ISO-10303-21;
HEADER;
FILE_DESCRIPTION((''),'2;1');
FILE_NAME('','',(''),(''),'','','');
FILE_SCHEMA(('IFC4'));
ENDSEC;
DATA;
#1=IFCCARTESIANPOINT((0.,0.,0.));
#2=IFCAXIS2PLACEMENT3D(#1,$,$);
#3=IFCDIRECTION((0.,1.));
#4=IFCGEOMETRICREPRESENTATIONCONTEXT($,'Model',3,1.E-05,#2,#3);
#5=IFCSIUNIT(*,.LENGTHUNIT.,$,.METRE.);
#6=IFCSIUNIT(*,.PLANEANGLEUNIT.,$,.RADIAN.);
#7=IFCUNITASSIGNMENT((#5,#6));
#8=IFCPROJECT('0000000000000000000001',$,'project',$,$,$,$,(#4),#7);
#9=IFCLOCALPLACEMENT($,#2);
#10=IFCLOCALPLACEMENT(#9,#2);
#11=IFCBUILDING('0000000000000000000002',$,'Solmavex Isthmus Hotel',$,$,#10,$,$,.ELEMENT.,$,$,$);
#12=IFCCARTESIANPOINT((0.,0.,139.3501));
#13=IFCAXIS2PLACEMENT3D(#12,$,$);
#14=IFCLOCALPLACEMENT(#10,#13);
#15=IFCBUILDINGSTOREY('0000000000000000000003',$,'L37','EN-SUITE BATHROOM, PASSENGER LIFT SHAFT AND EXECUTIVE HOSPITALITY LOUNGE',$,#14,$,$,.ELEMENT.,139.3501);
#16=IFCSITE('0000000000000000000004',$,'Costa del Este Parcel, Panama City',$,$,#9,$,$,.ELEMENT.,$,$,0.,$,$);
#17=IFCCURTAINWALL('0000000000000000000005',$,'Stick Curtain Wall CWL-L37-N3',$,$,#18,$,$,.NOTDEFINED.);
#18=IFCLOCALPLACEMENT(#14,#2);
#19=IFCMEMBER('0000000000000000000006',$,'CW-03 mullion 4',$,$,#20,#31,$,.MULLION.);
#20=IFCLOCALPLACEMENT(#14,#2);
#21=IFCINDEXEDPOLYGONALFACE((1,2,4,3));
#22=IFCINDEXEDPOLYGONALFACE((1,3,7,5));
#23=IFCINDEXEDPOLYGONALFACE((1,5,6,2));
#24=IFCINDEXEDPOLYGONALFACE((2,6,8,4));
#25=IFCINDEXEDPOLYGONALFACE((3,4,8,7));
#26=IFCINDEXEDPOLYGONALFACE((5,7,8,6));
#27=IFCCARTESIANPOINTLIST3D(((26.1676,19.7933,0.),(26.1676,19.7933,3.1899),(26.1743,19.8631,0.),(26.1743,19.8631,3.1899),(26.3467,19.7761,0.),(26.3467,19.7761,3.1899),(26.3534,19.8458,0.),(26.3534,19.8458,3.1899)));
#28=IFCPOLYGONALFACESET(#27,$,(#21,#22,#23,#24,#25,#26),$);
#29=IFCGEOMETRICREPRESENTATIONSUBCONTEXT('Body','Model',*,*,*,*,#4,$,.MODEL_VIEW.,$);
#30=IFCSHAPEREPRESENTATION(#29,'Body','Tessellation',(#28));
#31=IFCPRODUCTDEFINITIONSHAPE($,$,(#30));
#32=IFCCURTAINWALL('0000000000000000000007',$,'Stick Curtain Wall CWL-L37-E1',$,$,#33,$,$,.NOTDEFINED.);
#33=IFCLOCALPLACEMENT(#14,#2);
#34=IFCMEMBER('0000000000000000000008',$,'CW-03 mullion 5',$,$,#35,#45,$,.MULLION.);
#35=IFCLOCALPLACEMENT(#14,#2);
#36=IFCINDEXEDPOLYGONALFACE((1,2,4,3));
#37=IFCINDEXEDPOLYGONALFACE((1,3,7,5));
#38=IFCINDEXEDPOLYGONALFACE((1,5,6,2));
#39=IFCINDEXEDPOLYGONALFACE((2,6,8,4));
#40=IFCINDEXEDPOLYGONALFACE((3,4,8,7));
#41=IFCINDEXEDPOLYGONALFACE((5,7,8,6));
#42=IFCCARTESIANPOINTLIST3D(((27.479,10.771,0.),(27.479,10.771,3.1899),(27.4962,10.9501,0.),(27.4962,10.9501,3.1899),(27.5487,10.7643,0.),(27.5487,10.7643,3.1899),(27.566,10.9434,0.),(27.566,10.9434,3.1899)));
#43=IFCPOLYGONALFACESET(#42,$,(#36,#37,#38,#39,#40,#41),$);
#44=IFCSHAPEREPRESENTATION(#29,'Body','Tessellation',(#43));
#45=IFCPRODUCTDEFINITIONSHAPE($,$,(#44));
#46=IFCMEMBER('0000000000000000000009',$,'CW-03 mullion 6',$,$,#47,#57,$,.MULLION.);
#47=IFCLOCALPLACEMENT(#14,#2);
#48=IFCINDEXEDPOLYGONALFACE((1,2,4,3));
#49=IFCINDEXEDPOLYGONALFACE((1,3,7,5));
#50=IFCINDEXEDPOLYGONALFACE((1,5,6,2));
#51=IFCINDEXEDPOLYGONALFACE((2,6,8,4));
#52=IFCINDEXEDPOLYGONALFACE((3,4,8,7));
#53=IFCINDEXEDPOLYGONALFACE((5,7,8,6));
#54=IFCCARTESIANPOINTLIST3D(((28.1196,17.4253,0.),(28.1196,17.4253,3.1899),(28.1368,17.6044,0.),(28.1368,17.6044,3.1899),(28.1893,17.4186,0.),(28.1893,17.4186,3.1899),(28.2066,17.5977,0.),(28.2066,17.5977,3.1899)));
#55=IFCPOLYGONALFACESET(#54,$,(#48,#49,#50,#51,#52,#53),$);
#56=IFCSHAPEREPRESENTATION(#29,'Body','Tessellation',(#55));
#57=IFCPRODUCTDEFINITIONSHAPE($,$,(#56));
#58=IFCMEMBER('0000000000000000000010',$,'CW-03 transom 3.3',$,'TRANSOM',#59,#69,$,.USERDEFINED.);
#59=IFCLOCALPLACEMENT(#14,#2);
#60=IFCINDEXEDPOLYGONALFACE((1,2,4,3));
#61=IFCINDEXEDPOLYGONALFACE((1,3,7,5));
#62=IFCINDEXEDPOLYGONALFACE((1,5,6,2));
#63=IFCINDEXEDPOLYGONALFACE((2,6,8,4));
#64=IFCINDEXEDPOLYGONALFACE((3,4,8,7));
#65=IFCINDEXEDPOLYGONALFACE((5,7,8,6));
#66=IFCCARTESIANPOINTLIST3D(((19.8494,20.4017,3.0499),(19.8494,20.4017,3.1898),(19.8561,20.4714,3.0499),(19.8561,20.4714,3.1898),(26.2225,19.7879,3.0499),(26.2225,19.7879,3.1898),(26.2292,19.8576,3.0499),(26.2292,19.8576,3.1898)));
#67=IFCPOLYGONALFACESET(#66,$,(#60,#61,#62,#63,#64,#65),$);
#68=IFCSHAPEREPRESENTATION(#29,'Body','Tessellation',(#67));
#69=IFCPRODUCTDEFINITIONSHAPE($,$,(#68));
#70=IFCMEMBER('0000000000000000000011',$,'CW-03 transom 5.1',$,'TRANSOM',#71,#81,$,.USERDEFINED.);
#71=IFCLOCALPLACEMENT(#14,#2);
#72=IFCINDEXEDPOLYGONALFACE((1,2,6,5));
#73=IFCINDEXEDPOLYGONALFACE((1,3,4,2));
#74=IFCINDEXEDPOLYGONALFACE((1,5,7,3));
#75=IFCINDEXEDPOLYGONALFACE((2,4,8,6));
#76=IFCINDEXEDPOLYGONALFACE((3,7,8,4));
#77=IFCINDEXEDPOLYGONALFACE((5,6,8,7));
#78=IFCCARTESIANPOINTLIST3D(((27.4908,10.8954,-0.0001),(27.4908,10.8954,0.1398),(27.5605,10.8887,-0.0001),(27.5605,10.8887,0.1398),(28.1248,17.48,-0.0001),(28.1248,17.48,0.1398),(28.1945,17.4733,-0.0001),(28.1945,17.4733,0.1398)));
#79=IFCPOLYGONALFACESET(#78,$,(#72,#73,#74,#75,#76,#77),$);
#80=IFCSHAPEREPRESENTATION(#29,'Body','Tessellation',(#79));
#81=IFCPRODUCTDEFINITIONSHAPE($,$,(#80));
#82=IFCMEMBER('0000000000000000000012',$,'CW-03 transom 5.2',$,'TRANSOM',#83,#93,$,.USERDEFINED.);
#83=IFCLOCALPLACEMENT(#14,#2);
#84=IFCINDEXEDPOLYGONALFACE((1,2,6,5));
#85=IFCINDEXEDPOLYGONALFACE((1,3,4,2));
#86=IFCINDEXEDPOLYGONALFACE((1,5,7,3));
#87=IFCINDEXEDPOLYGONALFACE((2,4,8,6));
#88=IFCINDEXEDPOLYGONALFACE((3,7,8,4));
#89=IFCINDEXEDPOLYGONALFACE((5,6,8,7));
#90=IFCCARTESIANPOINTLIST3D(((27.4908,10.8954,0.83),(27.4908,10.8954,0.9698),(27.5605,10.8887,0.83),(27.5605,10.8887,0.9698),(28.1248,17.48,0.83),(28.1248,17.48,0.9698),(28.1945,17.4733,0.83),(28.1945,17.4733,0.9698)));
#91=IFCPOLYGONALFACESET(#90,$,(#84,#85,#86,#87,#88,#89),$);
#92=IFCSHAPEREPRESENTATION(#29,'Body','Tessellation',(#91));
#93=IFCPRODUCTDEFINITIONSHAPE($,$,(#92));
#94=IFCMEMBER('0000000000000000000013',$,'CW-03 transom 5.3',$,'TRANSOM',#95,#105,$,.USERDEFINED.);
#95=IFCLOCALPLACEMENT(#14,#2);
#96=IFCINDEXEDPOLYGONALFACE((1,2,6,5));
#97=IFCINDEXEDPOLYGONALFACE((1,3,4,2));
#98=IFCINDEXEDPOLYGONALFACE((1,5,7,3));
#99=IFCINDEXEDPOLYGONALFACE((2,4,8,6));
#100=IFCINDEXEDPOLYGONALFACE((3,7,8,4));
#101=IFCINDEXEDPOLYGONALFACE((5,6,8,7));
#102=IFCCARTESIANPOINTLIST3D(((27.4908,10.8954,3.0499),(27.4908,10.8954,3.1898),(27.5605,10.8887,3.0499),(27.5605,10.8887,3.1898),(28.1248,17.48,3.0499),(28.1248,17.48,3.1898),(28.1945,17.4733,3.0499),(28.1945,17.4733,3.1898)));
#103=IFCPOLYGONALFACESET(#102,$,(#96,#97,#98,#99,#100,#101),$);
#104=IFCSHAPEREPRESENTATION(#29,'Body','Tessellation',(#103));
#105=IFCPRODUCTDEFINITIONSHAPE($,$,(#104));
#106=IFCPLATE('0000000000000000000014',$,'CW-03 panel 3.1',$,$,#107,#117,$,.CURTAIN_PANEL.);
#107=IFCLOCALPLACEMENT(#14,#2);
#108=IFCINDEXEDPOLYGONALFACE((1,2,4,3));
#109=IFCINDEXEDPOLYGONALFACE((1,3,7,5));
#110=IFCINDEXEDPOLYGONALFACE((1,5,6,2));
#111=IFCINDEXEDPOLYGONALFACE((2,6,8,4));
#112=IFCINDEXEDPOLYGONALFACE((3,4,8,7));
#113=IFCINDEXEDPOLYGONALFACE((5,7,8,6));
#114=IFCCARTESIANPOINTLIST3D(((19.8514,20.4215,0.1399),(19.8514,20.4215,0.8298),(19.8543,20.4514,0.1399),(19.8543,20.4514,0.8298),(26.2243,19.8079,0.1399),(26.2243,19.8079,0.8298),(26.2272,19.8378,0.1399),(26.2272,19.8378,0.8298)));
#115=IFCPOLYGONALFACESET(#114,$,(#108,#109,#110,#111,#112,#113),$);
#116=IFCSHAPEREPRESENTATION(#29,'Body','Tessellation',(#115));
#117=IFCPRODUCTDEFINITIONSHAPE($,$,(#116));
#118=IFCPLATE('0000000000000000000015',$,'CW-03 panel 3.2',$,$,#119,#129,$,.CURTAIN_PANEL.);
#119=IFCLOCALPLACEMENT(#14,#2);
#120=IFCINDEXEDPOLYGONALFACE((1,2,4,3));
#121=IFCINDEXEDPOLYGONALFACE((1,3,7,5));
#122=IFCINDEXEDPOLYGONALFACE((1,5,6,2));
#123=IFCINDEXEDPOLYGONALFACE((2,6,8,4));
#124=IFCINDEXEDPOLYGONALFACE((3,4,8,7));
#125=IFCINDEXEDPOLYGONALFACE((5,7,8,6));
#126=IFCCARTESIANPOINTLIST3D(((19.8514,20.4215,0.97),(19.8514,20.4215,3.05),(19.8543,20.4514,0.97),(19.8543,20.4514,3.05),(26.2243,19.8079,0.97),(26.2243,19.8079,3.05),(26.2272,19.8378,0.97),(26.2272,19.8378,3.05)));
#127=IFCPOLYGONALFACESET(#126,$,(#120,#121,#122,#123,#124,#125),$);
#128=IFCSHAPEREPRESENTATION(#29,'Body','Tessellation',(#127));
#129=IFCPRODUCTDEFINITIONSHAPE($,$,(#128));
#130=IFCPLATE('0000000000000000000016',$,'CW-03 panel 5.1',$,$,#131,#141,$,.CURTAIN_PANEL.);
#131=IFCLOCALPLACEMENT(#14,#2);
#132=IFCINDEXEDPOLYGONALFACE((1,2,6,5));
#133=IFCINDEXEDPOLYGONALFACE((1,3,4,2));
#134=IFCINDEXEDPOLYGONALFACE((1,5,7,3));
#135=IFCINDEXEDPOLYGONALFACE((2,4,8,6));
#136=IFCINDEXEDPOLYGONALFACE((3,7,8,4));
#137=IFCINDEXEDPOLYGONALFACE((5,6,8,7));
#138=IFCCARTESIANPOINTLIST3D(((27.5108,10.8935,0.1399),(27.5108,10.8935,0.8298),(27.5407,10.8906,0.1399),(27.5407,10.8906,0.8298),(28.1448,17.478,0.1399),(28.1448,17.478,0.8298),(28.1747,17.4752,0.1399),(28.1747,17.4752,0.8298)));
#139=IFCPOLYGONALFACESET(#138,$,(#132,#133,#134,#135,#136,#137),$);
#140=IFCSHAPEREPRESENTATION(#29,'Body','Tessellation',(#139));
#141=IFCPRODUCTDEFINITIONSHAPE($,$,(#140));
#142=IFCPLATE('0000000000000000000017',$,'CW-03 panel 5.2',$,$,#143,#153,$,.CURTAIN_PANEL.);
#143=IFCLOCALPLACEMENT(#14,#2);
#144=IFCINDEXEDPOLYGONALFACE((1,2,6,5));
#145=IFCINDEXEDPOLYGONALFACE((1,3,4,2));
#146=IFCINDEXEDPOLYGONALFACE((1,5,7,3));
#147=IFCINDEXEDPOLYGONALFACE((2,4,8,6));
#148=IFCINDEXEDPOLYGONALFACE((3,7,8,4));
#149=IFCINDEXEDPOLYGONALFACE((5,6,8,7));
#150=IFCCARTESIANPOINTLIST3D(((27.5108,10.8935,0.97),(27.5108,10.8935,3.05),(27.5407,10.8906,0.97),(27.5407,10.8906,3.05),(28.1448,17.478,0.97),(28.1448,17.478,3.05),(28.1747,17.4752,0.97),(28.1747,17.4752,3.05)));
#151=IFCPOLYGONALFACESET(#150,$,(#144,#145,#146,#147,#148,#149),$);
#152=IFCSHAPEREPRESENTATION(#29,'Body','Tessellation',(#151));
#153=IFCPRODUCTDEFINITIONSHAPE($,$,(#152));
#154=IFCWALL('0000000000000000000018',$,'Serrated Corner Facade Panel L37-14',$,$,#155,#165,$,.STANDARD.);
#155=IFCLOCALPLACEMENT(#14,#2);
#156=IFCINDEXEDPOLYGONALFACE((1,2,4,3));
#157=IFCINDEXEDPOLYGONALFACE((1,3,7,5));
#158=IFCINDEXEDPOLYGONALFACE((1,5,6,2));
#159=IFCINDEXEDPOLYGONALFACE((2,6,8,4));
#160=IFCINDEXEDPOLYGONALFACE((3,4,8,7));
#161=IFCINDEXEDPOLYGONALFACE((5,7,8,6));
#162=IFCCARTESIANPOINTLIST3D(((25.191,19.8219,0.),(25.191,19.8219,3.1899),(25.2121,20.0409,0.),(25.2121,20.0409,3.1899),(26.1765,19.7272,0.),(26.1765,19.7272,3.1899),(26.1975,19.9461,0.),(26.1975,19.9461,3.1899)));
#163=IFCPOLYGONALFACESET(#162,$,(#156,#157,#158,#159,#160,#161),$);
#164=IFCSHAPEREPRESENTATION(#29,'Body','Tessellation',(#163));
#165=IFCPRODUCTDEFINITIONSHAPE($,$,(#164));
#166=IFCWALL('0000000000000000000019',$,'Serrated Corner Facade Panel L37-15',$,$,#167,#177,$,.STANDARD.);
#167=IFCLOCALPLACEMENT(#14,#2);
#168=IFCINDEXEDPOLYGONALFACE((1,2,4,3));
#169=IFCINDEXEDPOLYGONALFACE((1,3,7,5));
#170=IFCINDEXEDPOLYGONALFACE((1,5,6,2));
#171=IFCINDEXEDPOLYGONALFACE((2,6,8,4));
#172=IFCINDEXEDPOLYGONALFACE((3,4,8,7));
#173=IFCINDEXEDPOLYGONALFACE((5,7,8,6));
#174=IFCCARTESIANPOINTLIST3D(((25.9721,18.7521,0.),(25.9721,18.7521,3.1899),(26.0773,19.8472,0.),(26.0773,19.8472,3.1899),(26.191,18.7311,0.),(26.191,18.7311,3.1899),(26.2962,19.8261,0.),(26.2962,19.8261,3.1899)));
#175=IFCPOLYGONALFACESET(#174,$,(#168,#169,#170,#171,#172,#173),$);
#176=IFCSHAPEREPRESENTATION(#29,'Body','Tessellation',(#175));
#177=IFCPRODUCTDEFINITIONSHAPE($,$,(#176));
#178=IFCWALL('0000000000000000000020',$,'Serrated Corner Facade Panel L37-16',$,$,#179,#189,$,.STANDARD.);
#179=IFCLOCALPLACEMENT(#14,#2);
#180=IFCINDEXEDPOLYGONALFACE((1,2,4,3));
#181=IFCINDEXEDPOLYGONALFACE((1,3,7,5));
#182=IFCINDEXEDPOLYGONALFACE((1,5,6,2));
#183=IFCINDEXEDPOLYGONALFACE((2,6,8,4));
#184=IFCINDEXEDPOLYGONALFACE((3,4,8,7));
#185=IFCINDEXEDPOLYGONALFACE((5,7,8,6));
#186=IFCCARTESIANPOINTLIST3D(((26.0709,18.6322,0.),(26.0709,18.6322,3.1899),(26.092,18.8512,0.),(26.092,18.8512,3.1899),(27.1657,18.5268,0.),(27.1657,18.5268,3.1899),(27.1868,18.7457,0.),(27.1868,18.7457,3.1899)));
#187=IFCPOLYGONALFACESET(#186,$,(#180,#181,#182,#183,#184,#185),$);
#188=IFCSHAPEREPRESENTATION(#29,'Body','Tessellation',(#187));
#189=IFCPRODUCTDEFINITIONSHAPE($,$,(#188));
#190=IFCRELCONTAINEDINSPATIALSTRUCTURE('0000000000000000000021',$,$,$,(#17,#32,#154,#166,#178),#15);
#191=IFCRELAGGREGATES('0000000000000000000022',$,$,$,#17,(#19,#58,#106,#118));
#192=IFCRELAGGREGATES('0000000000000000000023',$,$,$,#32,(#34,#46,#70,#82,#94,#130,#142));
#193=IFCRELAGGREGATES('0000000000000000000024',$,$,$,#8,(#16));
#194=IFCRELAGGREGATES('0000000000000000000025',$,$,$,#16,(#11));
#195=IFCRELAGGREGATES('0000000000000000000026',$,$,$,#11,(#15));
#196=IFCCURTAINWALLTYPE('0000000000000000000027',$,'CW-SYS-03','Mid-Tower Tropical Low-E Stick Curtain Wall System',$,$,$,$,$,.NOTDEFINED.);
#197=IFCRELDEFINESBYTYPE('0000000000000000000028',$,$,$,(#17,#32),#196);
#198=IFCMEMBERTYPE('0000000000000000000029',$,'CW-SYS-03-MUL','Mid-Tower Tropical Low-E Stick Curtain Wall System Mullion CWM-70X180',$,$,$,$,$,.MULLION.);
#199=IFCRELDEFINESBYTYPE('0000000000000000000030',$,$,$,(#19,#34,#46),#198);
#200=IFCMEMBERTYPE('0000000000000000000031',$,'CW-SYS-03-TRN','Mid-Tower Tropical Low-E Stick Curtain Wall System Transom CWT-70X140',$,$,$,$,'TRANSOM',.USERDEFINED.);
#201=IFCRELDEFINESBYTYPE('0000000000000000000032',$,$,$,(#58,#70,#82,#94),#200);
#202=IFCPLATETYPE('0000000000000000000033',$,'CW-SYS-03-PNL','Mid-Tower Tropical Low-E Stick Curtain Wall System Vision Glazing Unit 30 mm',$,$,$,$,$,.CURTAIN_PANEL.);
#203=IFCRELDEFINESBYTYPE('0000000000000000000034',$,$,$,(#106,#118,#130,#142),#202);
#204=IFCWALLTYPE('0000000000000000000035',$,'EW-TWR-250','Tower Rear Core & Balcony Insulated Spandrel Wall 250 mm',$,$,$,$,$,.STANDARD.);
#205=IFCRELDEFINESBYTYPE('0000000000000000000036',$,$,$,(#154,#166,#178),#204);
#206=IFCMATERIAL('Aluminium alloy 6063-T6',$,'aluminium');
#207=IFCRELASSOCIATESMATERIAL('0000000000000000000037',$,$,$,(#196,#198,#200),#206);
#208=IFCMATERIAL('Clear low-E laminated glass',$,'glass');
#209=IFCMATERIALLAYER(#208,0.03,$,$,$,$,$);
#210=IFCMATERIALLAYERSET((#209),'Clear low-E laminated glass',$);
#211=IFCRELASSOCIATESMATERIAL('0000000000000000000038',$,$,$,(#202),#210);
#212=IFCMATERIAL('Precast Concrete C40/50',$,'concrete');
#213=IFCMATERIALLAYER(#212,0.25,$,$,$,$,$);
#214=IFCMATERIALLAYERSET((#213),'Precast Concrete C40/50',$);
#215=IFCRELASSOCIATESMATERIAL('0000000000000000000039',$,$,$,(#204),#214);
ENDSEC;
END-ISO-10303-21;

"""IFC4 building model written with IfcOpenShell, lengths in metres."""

from ifc_helpers import new_model, si_unit, direction, frame, frame_2d, origin, origin_2d, place, context, subcontext, project, spatial, rectangle, extrude, material, layer, layer_set, material_profile, profile_set, type_object, element, aggregate, save


model = new_model("IFC4")

# Units and contexts
model_context = context("Model", 3, precision=1e-05, world=origin(), true_north=direction((0.0, 1.0)))
body_context = subcontext(model_context, "Body", "Model", "MODEL_VIEW")
ifc_project = project(units=[si_unit("LENGTHUNIT", "METRE"), si_unit("PLANEANGLEUNIT", "RADIAN")], contexts=[model_context])

# Site, building, storey
site_placement = place(None, origin())
site = spatial("IfcSite", under=ifc_project, at=site_placement, Name="Costa del Este Parcel, Panama City", CompositionType="ELEMENT", RefElevation=0.0)
building_placement = place(site_placement, origin())
building = spatial("IfcBuilding", under=site, at=building_placement, Name="Solmavex Isthmus Hotel", CompositionType="ELEMENT")
storey_placement = place(building_placement, frame((0.0, 0.0, 139.3501)))
storey = spatial("IfcBuildingStorey", under=building, at=storey_placement, Name="L37", Description="EN-SUITE BATHROOM, PASSENGER LIFT SHAFT AND EXECUTIVE HOSPITALITY LOUNGE", CompositionType="ELEMENT", Elevation=139.3501)

# Curtain wall, member
ifc_material_1 = material(Name="Aluminium alloy 6063-T6", Category="aluminium")
curtain_wall_type = type_object("IfcCurtainWallType", Name="CW-SYS-03", Description="Mid-Tower Tropical Low-E Stick Curtain Wall System", PredefinedType="NOTDEFINED", material=ifc_material_1)
curtain_wall_1_placement = place(storey_placement, origin())
curtain_wall_1 = element("IfcCurtainWall", 1, at=curtain_wall_1_placement, inside=storey, type_object=curtain_wall_type, Name="Stick Curtain Wall CWL-L37-N3", PredefinedType="NOTDEFINED")
ifc_material_profile_1 = material_profile(ifc_material_1, rectangle(XDim=0.0701, YDim=0.1799, at=origin_2d()), Name="CWM-70X180")
ifc_profile_set_1 = profile_set([ifc_material_profile_1], Name="Aluminium alloy 6063-T6")
member_type_1 = type_object("IfcMemberType", Name="CW-SYS-03-MUL", Description="Mid-Tower Tropical Low-E Stick Curtain Wall System Mullion CWM-70X180", PredefinedType="MULLION", material=ifc_profile_set_1)
member_1_placement = place(storey_placement, frame((26.2605, 19.8196, 0.0), z_axis=(0.0, 0.0, 1.0), x_axis=(0.095846, 0.995396, 0.0)))
member_1 = element("IfcMember", 2, at=member_1_placement, type_object=member_type_1, Name="CW-03 mullion 4", PredefinedType="MULLION", context=body_context, shape_type="SweptSolid", body=[
    extrude(rectangle(XDim=0.0701, YDim=0.1799, at=origin_2d()), origin(), (0.0, 0.0, 1.0), 3.1899),
])

# Curtain wall, members
curtain_wall_2_placement = place(storey_placement, origin())
curtain_wall_2 = element("IfcCurtainWall", 3, at=curtain_wall_2_placement, inside=storey, type_object=curtain_wall_type, Name="Stick Curtain Wall CWL-L37-E1", PredefinedType="NOTDEFINED")
member_2_placement = place(storey_placement, frame((27.5225, 10.8572, 0.0), z_axis=(0.0, 0.0, 1.0), x_axis=(-0.995396, 0.095846, 0.0)))
member_2 = element("IfcMember", 4, at=member_2_placement, type_object=member_type_1, Name="CW-03 mullion 5", PredefinedType="MULLION", context=body_context, shape_type="SweptSolid", body=[
    extrude(rectangle(XDim=0.0701, YDim=0.1799, at=origin_2d()), origin(), (0.0, 0.0, 1.0), 3.1899),
])
member_3_placement = place(storey_placement, frame((28.1631, 17.5115, 0.0), z_axis=(0.0, 0.0, 1.0), x_axis=(-0.995396, 0.095846, 0.0)))
member_3 = element("IfcMember", 5, at=member_3_placement, type_object=member_type_1, Name="CW-03 mullion 6", PredefinedType="MULLION", context=body_context, shape_type="SweptSolid", body=[
    extrude(rectangle(XDim=0.0701, YDim=0.1799, at=origin_2d()), origin(), (0.0, 0.0, 1.0), 3.1899),
])

# Members
ifc_material_profile_2 = material_profile(ifc_material_1, rectangle(XDim=0.0701, YDim=0.1399, at=origin_2d()), Name="CWT-70X140")
ifc_profile_set_2 = profile_set([ifc_material_profile_2], Name="Aluminium alloy 6063-T6")
member_type_2 = type_object("IfcMemberType", Name="CW-SYS-03-TRN", Description="Mid-Tower Tropical Low-E Stick Curtain Wall System Transom CWT-70X140", ElementType="TRANSOM", PredefinedType="USERDEFINED", material=ifc_profile_set_2)
member_4_placement = place(storey_placement, frame((19.8528, 20.4365, 3.1199), z_axis=(0.995394, -0.095864, 0.0), x_axis=(0.095864, 0.995394, 0.0)))
member_4 = element("IfcMember", 6, at=member_4_placement, type_object=member_type_2, Name="CW-03 transom 3.3", ObjectType="TRANSOM", PredefinedType="USERDEFINED", context=body_context, shape_type="SweptSolid", body=[
    extrude(rectangle(XDim=0.0701, YDim=0.1399, at=origin_2d()), origin(), (0.0, 0.0, 1.0), 6.4026),
])
member_5_placement = place(storey_placement, frame((27.5256, 10.8921, 0.0698), z_axis=(0.095849, 0.995396, 0.0), x_axis=(-0.995396, 0.095849, 0.0)))
member_5 = element("IfcMember", 7, at=member_5_placement, type_object=member_type_2, Name="CW-03 transom 5.1", ObjectType="TRANSOM", PredefinedType="USERDEFINED", context=body_context, shape_type="SweptSolid", body=[
    extrude(rectangle(XDim=0.0701, YDim=0.1399, at=origin_2d()), origin(), (0.0, 0.0, 1.0), 6.615),
])
member_6_placement = place(storey_placement, frame((27.5256, 10.8921, 0.8999), z_axis=(0.095849, 0.995396, 0.0), x_axis=(-0.995396, 0.095849, 0.0)))
member_6 = element("IfcMember", 8, at=member_6_placement, type_object=member_type_2, Name="CW-03 transom 5.2", ObjectType="TRANSOM", PredefinedType="USERDEFINED", context=body_context, shape_type="SweptSolid", body=[
    extrude(rectangle(XDim=0.0701, YDim=0.1399, at=origin_2d()), origin(), (0.0, 0.0, 1.0), 6.615),
])
member_7_placement = place(storey_placement, frame((27.5256, 10.8921, 3.1199), z_axis=(0.095849, 0.995396, 0.0), x_axis=(-0.995396, 0.095849, 0.0)))
member_7 = element("IfcMember", 9, at=member_7_placement, type_object=member_type_2, Name="CW-03 transom 5.3", ObjectType="TRANSOM", PredefinedType="USERDEFINED", context=body_context, shape_type="SweptSolid", body=[
    extrude(rectangle(XDim=0.0701, YDim=0.1399, at=origin_2d()), origin(), (0.0, 0.0, 1.0), 6.615),
])

# Plates
ifc_material_2 = material(Name="Clear low-E laminated glass", Category="glass")
ifc_layer_1 = layer(ifc_material_2, 0.03)
ifc_layer_set_1 = layer_set([ifc_layer_1], Name="Clear low-E laminated glass")
plate_type = type_object("IfcPlateType", Name="CW-SYS-03-PNL", Description="Mid-Tower Tropical Low-E Stick Curtain Wall System Vision Glazing Unit 30 mm", PredefinedType="CURTAIN_PANEL", material=ifc_layer_set_1)
plate_1_placement = place(storey_placement, frame((23.0393, 20.1296, 0.1399), z_axis=(0.0, 0.0, 1.0), x_axis=(0.995396, -0.095846, 0.0)))
plate_1 = element("IfcPlate", 10, at=plate_1_placement, type_object=plate_type, Name="CW-03 panel 3.1", PredefinedType="CURTAIN_PANEL", context=body_context, shape_type="SweptSolid", body=[
    extrude(rectangle(XDim=6.4023, YDim=0.03, at=origin_2d()), origin(), (0.0, 0.0, 1.0), 0.6899),
])
plate_2_placement = place(storey_placement, frame((23.0393, 20.1296, 0.97), z_axis=(0.0, 0.0, 1.0), x_axis=(0.995396, -0.095846, 0.0)))
plate_2 = element("IfcPlate", 11, at=plate_2_placement, type_object=plate_type, Name="CW-03 panel 3.2", PredefinedType="CURTAIN_PANEL", context=body_context, shape_type="SweptSolid", body=[
    extrude(rectangle(XDim=6.4023, YDim=0.03, at=origin_2d()), origin(), (0.0, 0.0, 1.0), 2.0801),
])
aggregate(curtain_wall_1, [member_1, member_4, plate_1, plate_2])
plate_3_placement = place(storey_placement, frame((27.8428, 14.1843, 0.1399), z_axis=(0.0, 0.0, 1.0), x_axis=(0.095846, 0.995396, 0.0)))
plate_3 = element("IfcPlate", 12, at=plate_3_placement, type_object=plate_type, Name="CW-03 panel 5.1", PredefinedType="CURTAIN_PANEL", context=body_context, shape_type="SweptSolid", body=[
    extrude(rectangle(XDim=6.615, YDim=0.03, at=origin_2d()), origin(), (0.0, 0.0, 1.0), 0.6899),
])
plate_4_placement = place(storey_placement, frame((27.8428, 14.1843, 0.97), z_axis=(0.0, 0.0, 1.0), x_axis=(0.095846, 0.995396, 0.0)))
plate_4 = element("IfcPlate", 13, at=plate_4_placement, type_object=plate_type, Name="CW-03 panel 5.2", PredefinedType="CURTAIN_PANEL", context=body_context, shape_type="SweptSolid", body=[
    extrude(rectangle(XDim=6.615, YDim=0.03, at=origin_2d()), origin(), (0.0, 0.0, 1.0), 2.0801),
])
aggregate(curtain_wall_2, [member_2, member_3, member_5, member_6, member_7, plate_3, plate_4])

# Walls
ifc_material_3 = material(Name="Precast Concrete C40/50", Category="concrete")
ifc_layer_2 = layer(ifc_material_3, 0.25)
ifc_layer_set_2 = layer_set([ifc_layer_2], Name="Precast Concrete C40/50")
wall_type_1 = type_object("IfcWallType", Name="EW-TWR-250", Description="Tower Rear Core & Balcony Insulated Spandrel Wall 250 mm", PredefinedType="STANDARD", material=ifc_layer_set_2)
wall_1_placement = place(storey_placement, frame((25.2014, 19.9314, 0.0), z_axis=(0.0, 0.0, 1.0), x_axis=(0.995411, -0.095694, 0.0)))
element("IfcWall", 14, at=wall_1_placement, inside=storey, type_object=wall_type_1, Name="Serrated Corner Facade Panel L37-14", PredefinedType="STANDARD", context=body_context, shape_type="SweptSolid", body=[
    extrude(rectangle(XDim=0.99, YDim=0.22, at=frame_2d((0.4951, 0.0))), origin(), (0.0, 0.0, 1.0), 3.1899),
])
wall_2_placement = place(storey_placement, frame((26.1868, 19.8367, 0.0), z_axis=(0.0, 0.0, 1.0), x_axis=(-0.095657, -0.995414, 0.0)))
element("IfcWall", 15, at=wall_2_placement, inside=storey, type_object=wall_type_1, Name="Serrated Corner Facade Panel L37-15", PredefinedType="STANDARD", context=body_context, shape_type="SweptSolid", body=[
    extrude(rectangle(XDim=1.1001, YDim=0.22, at=frame_2d((0.55, 0.0))), origin(), (0.0, 0.0, 1.0), 3.1899),
])
wall_3_placement = place(storey_placement, frame((26.0815, 18.7417, 0.0), z_axis=(0.0, 0.0, 1.0), x_axis=(0.995391, -0.095899, 0.0)))
element("IfcWall", 16, at=wall_3_placement, inside=storey, type_object=wall_type_1, Name="Serrated Corner Facade Panel L37-16", PredefinedType="STANDARD", context=body_context, shape_type="SweptSolid", body=[
    extrude(rectangle(XDim=1.0999, YDim=0.22, at=frame_2d((0.5498, 0.0))), origin(), (0.0, 0.0, 1.0), 3.1899),
])

save(model, "model.ifc")
